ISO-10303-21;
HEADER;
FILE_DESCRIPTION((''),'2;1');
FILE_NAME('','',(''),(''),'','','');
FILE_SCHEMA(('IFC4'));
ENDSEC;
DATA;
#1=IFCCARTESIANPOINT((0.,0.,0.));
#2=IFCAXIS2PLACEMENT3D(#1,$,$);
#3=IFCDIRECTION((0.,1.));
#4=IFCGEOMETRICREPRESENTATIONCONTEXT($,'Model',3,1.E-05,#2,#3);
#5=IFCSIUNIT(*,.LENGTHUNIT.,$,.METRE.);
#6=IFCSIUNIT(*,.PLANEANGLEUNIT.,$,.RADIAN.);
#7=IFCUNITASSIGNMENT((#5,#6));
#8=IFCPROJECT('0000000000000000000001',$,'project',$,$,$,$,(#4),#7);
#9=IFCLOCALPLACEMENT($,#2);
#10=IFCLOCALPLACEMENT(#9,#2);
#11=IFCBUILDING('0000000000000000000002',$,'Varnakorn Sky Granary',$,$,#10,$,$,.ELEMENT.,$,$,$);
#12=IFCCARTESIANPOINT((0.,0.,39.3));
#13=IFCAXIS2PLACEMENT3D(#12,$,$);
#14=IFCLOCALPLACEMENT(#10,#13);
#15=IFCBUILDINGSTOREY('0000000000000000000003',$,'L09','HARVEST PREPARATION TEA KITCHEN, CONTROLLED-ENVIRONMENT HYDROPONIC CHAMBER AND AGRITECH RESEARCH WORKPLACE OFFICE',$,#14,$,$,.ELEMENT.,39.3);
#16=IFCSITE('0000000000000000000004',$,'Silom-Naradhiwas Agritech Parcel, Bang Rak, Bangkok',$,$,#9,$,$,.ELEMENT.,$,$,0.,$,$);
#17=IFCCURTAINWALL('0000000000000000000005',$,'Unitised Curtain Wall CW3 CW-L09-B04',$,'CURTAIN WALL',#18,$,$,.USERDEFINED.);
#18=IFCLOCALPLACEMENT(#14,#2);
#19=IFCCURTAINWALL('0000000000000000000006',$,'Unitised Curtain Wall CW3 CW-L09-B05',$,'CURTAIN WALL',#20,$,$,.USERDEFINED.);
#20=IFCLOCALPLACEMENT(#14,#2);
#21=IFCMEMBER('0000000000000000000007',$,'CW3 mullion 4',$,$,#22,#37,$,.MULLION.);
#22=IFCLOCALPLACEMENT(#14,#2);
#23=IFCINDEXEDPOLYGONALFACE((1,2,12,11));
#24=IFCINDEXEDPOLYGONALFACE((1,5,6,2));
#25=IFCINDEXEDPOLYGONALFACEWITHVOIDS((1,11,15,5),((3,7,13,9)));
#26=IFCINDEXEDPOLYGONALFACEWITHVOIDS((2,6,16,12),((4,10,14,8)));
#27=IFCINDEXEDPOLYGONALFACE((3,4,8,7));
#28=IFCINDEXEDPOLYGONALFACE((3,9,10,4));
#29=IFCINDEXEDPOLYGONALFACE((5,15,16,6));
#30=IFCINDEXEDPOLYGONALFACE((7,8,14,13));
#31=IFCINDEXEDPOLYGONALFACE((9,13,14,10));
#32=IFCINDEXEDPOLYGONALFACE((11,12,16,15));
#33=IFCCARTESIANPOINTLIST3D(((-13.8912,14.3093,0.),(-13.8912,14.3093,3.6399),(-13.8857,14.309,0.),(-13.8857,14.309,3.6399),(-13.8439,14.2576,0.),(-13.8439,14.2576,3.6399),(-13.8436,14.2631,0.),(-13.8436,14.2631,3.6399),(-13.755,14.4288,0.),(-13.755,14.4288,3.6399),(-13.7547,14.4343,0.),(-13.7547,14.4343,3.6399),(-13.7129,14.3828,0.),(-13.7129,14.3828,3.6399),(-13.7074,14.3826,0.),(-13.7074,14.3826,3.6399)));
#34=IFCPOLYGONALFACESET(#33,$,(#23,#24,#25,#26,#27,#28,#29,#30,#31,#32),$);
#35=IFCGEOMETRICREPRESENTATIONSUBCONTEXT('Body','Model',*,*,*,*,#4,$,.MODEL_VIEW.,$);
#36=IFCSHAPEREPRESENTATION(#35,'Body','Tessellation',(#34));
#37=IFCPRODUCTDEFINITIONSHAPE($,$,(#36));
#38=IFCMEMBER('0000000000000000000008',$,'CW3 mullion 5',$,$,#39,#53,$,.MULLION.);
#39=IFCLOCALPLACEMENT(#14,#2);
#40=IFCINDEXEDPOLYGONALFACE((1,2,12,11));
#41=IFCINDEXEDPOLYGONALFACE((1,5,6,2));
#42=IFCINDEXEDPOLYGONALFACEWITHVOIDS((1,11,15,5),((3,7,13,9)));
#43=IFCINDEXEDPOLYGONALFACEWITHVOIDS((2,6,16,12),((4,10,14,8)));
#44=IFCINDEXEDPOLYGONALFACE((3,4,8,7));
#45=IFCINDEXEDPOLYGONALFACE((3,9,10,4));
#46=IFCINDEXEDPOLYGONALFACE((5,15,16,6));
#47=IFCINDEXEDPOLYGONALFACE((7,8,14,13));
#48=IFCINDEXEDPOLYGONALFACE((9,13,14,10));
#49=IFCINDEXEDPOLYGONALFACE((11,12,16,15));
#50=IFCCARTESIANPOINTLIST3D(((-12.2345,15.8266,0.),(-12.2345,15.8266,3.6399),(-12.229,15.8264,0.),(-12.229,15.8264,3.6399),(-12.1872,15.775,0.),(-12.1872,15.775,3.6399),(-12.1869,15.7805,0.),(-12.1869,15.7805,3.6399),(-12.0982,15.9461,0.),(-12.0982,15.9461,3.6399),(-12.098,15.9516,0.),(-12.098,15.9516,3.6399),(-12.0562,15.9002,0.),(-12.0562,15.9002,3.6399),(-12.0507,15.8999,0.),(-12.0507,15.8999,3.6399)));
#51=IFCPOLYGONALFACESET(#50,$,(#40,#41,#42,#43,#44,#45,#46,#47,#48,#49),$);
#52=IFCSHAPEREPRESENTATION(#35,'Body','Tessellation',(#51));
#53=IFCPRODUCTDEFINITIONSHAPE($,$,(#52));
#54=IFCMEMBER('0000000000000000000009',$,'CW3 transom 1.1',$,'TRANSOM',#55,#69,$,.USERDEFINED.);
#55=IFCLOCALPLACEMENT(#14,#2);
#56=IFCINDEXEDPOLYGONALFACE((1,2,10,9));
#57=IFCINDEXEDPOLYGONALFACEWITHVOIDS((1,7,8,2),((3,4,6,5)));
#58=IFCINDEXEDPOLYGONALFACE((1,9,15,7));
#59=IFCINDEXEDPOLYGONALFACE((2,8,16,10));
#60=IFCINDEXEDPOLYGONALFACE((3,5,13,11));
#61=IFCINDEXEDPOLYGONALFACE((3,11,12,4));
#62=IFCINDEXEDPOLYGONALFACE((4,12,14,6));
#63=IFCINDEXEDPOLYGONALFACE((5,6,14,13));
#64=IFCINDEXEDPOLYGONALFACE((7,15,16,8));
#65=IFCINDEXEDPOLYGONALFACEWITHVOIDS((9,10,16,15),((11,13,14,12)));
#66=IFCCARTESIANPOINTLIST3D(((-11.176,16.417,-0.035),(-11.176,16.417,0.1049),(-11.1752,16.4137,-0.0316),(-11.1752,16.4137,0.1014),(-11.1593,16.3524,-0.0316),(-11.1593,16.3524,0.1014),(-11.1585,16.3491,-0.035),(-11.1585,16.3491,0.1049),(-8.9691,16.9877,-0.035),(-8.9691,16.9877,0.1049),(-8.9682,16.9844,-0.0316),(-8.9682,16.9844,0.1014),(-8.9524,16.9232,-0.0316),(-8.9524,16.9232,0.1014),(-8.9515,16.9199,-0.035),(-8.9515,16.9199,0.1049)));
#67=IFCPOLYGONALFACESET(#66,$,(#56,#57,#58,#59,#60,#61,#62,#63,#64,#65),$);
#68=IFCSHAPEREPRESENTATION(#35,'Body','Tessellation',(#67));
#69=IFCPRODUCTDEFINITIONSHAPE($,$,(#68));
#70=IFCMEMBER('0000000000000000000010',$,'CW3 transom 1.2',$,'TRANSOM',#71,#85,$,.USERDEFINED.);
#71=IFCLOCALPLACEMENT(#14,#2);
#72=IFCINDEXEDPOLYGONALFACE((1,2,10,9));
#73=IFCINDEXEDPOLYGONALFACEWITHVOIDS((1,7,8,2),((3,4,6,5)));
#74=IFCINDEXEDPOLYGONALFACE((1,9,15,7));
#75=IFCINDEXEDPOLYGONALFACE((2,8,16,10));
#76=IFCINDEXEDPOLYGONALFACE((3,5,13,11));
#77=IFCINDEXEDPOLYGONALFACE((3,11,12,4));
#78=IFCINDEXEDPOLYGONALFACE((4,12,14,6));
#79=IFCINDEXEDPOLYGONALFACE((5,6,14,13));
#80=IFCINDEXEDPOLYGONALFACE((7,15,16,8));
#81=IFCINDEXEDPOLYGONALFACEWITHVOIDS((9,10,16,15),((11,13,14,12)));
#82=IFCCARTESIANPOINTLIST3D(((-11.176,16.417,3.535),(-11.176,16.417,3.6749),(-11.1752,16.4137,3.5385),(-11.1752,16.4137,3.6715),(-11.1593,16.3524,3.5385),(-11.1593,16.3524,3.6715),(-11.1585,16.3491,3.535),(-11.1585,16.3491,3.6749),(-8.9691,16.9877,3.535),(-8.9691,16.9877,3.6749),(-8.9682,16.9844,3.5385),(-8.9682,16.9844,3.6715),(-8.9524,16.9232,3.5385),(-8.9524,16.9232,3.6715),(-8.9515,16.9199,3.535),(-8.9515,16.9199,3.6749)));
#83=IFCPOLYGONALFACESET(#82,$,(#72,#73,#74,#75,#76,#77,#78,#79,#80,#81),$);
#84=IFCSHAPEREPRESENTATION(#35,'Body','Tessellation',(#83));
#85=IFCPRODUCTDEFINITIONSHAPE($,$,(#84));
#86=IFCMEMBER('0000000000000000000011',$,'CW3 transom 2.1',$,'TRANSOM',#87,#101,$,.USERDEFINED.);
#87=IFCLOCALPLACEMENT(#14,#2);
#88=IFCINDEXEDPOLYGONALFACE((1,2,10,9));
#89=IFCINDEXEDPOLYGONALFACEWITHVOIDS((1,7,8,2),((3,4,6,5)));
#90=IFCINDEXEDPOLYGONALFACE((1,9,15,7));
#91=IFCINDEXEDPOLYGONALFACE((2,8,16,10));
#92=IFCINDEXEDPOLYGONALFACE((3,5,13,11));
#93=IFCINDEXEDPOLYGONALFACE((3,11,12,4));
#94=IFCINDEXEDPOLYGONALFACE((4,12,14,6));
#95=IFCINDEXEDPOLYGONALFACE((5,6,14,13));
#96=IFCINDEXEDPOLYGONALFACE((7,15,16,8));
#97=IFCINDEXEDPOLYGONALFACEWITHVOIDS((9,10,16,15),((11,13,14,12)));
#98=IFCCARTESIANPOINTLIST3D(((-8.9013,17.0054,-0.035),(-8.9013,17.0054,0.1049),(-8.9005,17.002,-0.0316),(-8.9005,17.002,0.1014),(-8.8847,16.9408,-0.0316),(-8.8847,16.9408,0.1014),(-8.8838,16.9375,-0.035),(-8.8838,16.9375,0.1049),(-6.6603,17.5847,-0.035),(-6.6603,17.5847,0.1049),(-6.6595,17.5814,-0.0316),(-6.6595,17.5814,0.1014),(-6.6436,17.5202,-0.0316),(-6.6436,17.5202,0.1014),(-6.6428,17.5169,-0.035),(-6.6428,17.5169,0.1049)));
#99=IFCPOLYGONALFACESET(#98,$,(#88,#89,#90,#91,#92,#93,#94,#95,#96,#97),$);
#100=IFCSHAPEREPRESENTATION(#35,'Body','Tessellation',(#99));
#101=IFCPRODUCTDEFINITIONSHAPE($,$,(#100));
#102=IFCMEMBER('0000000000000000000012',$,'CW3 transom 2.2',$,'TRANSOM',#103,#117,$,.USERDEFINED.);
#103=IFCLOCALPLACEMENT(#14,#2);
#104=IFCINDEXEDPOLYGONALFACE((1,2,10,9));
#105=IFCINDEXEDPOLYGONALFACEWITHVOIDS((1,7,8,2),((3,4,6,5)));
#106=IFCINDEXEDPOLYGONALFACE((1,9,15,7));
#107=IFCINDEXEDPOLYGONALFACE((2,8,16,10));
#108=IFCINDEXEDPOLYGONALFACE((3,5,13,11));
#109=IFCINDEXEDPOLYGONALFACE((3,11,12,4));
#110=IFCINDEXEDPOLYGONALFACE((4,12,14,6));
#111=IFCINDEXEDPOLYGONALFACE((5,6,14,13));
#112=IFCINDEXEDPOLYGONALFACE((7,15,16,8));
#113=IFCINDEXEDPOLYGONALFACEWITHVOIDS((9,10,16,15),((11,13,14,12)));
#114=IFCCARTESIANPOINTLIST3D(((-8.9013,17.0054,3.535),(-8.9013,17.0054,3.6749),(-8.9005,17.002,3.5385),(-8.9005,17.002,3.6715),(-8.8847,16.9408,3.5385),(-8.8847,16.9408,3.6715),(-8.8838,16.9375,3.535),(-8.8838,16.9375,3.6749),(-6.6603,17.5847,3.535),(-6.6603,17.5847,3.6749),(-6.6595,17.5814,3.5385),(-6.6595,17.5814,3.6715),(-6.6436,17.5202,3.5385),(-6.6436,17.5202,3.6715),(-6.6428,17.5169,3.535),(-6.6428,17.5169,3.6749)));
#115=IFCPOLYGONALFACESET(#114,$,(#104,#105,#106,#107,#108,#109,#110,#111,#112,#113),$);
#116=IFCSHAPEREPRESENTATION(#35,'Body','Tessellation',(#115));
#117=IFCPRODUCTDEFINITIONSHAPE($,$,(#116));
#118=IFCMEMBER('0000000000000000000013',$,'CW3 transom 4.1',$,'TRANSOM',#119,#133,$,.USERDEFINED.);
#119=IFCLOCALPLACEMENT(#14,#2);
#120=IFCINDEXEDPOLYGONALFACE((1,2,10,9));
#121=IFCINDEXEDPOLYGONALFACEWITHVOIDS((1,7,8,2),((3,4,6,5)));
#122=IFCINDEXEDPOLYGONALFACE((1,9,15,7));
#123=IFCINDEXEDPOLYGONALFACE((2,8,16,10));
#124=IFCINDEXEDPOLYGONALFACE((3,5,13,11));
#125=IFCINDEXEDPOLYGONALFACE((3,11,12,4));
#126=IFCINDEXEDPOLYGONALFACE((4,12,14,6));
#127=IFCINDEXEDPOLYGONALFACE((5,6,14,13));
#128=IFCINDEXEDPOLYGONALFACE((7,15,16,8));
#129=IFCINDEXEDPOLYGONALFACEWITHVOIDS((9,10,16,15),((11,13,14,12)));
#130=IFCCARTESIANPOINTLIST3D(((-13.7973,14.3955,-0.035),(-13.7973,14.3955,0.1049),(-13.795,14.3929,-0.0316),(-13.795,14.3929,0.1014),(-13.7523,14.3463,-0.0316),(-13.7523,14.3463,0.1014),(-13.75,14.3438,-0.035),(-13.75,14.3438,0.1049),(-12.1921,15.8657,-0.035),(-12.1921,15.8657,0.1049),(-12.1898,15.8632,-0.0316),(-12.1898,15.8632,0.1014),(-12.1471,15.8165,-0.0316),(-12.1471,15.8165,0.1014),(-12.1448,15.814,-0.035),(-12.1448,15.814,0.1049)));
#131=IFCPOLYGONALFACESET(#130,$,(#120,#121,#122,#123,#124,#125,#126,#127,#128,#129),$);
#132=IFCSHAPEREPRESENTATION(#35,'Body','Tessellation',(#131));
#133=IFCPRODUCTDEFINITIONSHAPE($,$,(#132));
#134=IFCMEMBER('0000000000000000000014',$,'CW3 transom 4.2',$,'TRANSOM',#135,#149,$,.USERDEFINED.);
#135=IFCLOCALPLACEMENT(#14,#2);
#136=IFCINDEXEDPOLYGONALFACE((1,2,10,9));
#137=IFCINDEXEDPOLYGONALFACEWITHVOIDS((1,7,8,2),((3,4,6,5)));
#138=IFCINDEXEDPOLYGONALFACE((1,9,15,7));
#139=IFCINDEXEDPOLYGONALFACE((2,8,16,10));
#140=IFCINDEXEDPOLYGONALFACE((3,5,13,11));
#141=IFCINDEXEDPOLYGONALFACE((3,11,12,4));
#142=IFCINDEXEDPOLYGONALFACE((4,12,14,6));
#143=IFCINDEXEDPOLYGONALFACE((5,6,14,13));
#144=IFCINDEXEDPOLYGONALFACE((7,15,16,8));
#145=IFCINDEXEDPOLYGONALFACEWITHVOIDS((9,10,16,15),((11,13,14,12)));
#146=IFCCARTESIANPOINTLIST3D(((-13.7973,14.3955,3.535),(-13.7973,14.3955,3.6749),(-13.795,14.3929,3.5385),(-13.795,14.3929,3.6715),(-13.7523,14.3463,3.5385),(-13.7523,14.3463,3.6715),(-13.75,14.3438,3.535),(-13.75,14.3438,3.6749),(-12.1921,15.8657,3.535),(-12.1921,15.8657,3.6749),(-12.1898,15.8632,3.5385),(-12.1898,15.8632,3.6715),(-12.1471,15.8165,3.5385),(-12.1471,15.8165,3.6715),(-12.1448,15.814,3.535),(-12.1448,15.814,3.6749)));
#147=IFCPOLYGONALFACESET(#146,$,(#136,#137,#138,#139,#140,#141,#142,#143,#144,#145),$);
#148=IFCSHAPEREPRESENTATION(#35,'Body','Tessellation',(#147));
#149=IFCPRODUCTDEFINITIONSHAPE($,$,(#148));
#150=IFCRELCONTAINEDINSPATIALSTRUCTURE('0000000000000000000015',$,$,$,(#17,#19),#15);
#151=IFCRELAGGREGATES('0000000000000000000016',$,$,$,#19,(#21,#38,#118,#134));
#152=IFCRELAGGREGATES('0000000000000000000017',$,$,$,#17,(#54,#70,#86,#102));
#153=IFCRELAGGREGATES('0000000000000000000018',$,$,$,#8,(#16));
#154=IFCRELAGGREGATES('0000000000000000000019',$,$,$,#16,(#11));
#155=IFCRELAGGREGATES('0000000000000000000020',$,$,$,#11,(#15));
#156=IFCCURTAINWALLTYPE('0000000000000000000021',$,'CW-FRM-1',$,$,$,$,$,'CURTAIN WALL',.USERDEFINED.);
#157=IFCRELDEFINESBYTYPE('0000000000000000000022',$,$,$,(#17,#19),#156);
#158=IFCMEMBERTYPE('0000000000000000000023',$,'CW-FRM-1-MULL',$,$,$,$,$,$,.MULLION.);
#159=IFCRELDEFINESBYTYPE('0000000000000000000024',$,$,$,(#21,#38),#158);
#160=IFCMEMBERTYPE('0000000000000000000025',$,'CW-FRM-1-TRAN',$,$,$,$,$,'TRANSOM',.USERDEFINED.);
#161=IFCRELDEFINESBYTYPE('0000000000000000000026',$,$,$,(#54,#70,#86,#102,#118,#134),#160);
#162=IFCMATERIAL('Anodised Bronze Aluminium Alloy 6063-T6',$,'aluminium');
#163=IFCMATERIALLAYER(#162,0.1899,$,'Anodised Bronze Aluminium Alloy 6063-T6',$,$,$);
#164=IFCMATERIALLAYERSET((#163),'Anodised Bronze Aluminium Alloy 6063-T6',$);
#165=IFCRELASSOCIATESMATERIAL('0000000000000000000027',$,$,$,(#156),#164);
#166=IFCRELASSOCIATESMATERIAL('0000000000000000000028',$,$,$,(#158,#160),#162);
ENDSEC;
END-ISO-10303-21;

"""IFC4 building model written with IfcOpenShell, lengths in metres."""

from ifc_helpers import new_model, si_unit, direction, frame, origin, origin_2d, place, context, subcontext, project, spatial, hollow_rectangle, extrude, material, layer, layer_set, material_profile, profile_set, type_object, element, aggregate, save


model = new_model("IFC4")

# Units and contexts
model_context = context("Model", 3, precision=1e-05, world=origin(), true_north=direction((0.0, 1.0)))
body_context = subcontext(model_context, "Body", "Model", "MODEL_VIEW")
ifc_project = project(units=[si_unit("LENGTHUNIT", "METRE"), si_unit("PLANEANGLEUNIT", "RADIAN")], contexts=[model_context])

# Site, building, storey
site_placement = place(None, origin())
site = spatial("IfcSite", under=ifc_project, at=site_placement, Name="Silom-Naradhiwas Agritech Parcel, Bang Rak, Bangkok", CompositionType="ELEMENT", RefElevation=0.0)
building_placement = place(site_placement, origin())
building = spatial("IfcBuilding", under=site, at=building_placement, Name="Varnakorn Sky Granary", CompositionType="ELEMENT")
storey_placement = place(building_placement, frame((0.0, 0.0, 39.3)))
storey = spatial("IfcBuildingStorey", under=building, at=storey_placement, Name="L09", Description="HARVEST PREPARATION TEA KITCHEN, CONTROLLED-ENVIRONMENT HYDROPONIC CHAMBER AND AGRITECH RESEARCH WORKPLACE OFFICE", CompositionType="ELEMENT", Elevation=39.3)

# Curtain walls, members
ifc_material_1 = material(Name="Anodised Bronze Aluminium Alloy 6063-T6", Category="aluminium")
ifc_layer_1 = layer(ifc_material_1, 0.1899, Name="Anodised Bronze Aluminium Alloy 6063-T6")
ifc_layer_set_1 = layer_set([ifc_layer_1], Name="Anodised Bronze Aluminium Alloy 6063-T6")
curtain_wall_type = type_object("IfcCurtainWallType", Name="CW-FRM-1", ElementType="CURTAIN WALL", PredefinedType="USERDEFINED", material=ifc_layer_set_1)
curtain_wall_1_placement = place(storey_placement, origin())
curtain_wall_1 = element("IfcCurtainWall", 1, at=curtain_wall_1_placement, inside=storey, type_object=curtain_wall_type, Name="Unitised Curtain Wall CW3 CW-L09-B04", ObjectType="CURTAIN WALL", PredefinedType="USERDEFINED")
ifc_material_profile_1 = material_profile(ifc_material_1, hollow_rectangle(XDim=0.0701, YDim=0.1851, WallThickness=0.0039, at=origin_2d()), Name="ALU MULL 70x185")
ifc_profile_set_1 = profile_set([ifc_material_profile_1], Name="Anodised Bronze Aluminium Alloy 6063-T6")
member_type_1 = type_object("IfcMemberType", Name="CW-FRM-1-MULL", PredefinedType="MULLION", material=ifc_profile_set_1)
curtain_wall_2_placement = place(storey_placement, origin())
curtain_wall_2 = element("IfcCurtainWall", 2, at=curtain_wall_2_placement, inside=storey, type_object=curtain_wall_type, Name="Unitised Curtain Wall CW3 CW-L09-B05", ObjectType="CURTAIN WALL", PredefinedType="USERDEFINED")
member_1_placement = place(storey_placement, frame((-13.7993, 14.3459, 0.0), z_axis=(0.0, 0.0, 1.0), x_axis=(-0.675389, 0.737462, 0.0)))
member_1 = element("IfcMember", 3, at=member_1_placement, type_object=member_type_1, Name="CW3 mullion 4", PredefinedType="MULLION", context=body_context, shape_type="SweptSolid", body=[
    extrude(hollow_rectangle(XDim=0.0701, YDim=0.1851, WallThickness=0.0039, at=origin_2d()), origin(), (0.0, 0.0, 1.0), 3.6399),
])
member_2_placement = place(storey_placement, frame((-12.1426, 15.8633, 0.0), z_axis=(0.0, 0.0, 1.0), x_axis=(-0.675389, 0.737462, 0.0)))
member_2 = element("IfcMember", 4, at=member_2_placement, type_object=member_type_1, Name="CW3 mullion 5", PredefinedType="MULLION", context=body_context, shape_type="SweptSolid", body=[
    extrude(hollow_rectangle(XDim=0.0701, YDim=0.1851, WallThickness=0.0039, at=origin_2d()), origin(), (0.0, 0.0, 1.0), 3.6399),
])

# Members
ifc_material_profile_2 = material_profile(ifc_material_1, hollow_rectangle(XDim=0.0701, YDim=0.1399, WallThickness=0.0034, at=origin_2d()), Name="ALU TRAN 70x140")
ifc_profile_set_2 = profile_set([ifc_material_profile_2], Name="Anodised Bronze Aluminium Alloy 6063-T6")
member_type_2 = type_object("IfcMemberType", Name="CW-FRM-1-TRAN", ElementType="TRANSOM", PredefinedType="USERDEFINED", material=ifc_profile_set_2)
member_3_placement = place(storey_placement, frame((-11.1672, 16.3831, 0.0349), z_axis=(0.968145, 0.25039, 0.0), x_axis=(-0.25039, 0.968145, 0.0)))
member_3 = element("IfcMember", 5, at=member_3_placement, type_object=member_type_2, Name="CW3 transom 1.1", ObjectType="TRANSOM", PredefinedType="USERDEFINED", context=body_context, shape_type="SweptSolid", body=[
    extrude(hollow_rectangle(XDim=0.0701, YDim=0.1399, WallThickness=0.0034, at=origin_2d()), origin(), (0.0, 0.0, 1.0), 2.2795),
])
member_4_placement = place(storey_placement, frame((-11.1672, 16.3831, 3.605), z_axis=(0.968145, 0.25039, 0.0), x_axis=(-0.25039, 0.968145, 0.0)))
member_4 = element("IfcMember", 6, at=member_4_placement, type_object=member_type_2, Name="CW3 transom 1.2", ObjectType="TRANSOM", PredefinedType="USERDEFINED", context=body_context, shape_type="SweptSolid", body=[
    extrude(hollow_rectangle(XDim=0.0701, YDim=0.1399, WallThickness=0.0034, at=origin_2d()), origin(), (0.0, 0.0, 1.0), 2.2795),
])
member_5_placement = place(storey_placement, frame((-8.8926, 16.9714, 0.0349), z_axis=(0.968169, 0.250296, 0.0), x_axis=(-0.250296, 0.968169, 0.0)))
member_5 = element("IfcMember", 7, at=member_5_placement, type_object=member_type_2, Name="CW3 transom 2.1", ObjectType="TRANSOM", PredefinedType="USERDEFINED", context=body_context, shape_type="SweptSolid", body=[
    extrude(hollow_rectangle(XDim=0.0701, YDim=0.1399, WallThickness=0.0034, at=origin_2d()), origin(), (0.0, 0.0, 1.0), 2.3147),
])
member_6_placement = place(storey_placement, frame((-8.8926, 16.9714, 3.605), z_axis=(0.968169, 0.250296, 0.0), x_axis=(-0.250296, 0.968169, 0.0)))
member_6 = element("IfcMember", 8, at=member_6_placement, type_object=member_type_2, Name="CW3 transom 2.2", ObjectType="TRANSOM", PredefinedType="USERDEFINED", context=body_context, shape_type="SweptSolid", body=[
    extrude(hollow_rectangle(XDim=0.0701, YDim=0.1399, WallThickness=0.0034, at=origin_2d()), origin(), (0.0, 0.0, 1.0), 2.3147),
])
member_7_placement = place(storey_placement, frame((-13.7737, 14.3696, 0.0349), z_axis=(0.737438, 0.675415, 0.0), x_axis=(-0.675415, 0.737438, 0.0)))
member_7 = element("IfcMember", 9, at=member_7_placement, type_object=member_type_2, Name="CW3 transom 4.1", ObjectType="TRANSOM", PredefinedType="USERDEFINED", context=body_context, shape_type="SweptSolid", body=[
    extrude(hollow_rectangle(XDim=0.0701, YDim=0.1399, WallThickness=0.0034, at=origin_2d()), origin(), (0.0, 0.0, 1.0), 2.1768),
])
member_8_placement = place(storey_placement, frame((-13.7737, 14.3696, 3.605), z_axis=(0.737438, 0.675415, 0.0), x_axis=(-0.675415, 0.737438, 0.0)))
member_8 = element("IfcMember", 10, at=member_8_placement, type_object=member_type_2, Name="CW3 transom 4.2", ObjectType="TRANSOM", PredefinedType="USERDEFINED", context=body_context, shape_type="SweptSolid", body=[
    extrude(hollow_rectangle(XDim=0.0701, YDim=0.1399, WallThickness=0.0034, at=origin_2d()), origin(), (0.0, 0.0, 1.0), 2.1768),
])

aggregate(curtain_wall_2, [member_1, member_2, member_7, member_8])
aggregate(curtain_wall_1, [member_3, member_4, member_5, member_6])

save(model, "model.ifc")
